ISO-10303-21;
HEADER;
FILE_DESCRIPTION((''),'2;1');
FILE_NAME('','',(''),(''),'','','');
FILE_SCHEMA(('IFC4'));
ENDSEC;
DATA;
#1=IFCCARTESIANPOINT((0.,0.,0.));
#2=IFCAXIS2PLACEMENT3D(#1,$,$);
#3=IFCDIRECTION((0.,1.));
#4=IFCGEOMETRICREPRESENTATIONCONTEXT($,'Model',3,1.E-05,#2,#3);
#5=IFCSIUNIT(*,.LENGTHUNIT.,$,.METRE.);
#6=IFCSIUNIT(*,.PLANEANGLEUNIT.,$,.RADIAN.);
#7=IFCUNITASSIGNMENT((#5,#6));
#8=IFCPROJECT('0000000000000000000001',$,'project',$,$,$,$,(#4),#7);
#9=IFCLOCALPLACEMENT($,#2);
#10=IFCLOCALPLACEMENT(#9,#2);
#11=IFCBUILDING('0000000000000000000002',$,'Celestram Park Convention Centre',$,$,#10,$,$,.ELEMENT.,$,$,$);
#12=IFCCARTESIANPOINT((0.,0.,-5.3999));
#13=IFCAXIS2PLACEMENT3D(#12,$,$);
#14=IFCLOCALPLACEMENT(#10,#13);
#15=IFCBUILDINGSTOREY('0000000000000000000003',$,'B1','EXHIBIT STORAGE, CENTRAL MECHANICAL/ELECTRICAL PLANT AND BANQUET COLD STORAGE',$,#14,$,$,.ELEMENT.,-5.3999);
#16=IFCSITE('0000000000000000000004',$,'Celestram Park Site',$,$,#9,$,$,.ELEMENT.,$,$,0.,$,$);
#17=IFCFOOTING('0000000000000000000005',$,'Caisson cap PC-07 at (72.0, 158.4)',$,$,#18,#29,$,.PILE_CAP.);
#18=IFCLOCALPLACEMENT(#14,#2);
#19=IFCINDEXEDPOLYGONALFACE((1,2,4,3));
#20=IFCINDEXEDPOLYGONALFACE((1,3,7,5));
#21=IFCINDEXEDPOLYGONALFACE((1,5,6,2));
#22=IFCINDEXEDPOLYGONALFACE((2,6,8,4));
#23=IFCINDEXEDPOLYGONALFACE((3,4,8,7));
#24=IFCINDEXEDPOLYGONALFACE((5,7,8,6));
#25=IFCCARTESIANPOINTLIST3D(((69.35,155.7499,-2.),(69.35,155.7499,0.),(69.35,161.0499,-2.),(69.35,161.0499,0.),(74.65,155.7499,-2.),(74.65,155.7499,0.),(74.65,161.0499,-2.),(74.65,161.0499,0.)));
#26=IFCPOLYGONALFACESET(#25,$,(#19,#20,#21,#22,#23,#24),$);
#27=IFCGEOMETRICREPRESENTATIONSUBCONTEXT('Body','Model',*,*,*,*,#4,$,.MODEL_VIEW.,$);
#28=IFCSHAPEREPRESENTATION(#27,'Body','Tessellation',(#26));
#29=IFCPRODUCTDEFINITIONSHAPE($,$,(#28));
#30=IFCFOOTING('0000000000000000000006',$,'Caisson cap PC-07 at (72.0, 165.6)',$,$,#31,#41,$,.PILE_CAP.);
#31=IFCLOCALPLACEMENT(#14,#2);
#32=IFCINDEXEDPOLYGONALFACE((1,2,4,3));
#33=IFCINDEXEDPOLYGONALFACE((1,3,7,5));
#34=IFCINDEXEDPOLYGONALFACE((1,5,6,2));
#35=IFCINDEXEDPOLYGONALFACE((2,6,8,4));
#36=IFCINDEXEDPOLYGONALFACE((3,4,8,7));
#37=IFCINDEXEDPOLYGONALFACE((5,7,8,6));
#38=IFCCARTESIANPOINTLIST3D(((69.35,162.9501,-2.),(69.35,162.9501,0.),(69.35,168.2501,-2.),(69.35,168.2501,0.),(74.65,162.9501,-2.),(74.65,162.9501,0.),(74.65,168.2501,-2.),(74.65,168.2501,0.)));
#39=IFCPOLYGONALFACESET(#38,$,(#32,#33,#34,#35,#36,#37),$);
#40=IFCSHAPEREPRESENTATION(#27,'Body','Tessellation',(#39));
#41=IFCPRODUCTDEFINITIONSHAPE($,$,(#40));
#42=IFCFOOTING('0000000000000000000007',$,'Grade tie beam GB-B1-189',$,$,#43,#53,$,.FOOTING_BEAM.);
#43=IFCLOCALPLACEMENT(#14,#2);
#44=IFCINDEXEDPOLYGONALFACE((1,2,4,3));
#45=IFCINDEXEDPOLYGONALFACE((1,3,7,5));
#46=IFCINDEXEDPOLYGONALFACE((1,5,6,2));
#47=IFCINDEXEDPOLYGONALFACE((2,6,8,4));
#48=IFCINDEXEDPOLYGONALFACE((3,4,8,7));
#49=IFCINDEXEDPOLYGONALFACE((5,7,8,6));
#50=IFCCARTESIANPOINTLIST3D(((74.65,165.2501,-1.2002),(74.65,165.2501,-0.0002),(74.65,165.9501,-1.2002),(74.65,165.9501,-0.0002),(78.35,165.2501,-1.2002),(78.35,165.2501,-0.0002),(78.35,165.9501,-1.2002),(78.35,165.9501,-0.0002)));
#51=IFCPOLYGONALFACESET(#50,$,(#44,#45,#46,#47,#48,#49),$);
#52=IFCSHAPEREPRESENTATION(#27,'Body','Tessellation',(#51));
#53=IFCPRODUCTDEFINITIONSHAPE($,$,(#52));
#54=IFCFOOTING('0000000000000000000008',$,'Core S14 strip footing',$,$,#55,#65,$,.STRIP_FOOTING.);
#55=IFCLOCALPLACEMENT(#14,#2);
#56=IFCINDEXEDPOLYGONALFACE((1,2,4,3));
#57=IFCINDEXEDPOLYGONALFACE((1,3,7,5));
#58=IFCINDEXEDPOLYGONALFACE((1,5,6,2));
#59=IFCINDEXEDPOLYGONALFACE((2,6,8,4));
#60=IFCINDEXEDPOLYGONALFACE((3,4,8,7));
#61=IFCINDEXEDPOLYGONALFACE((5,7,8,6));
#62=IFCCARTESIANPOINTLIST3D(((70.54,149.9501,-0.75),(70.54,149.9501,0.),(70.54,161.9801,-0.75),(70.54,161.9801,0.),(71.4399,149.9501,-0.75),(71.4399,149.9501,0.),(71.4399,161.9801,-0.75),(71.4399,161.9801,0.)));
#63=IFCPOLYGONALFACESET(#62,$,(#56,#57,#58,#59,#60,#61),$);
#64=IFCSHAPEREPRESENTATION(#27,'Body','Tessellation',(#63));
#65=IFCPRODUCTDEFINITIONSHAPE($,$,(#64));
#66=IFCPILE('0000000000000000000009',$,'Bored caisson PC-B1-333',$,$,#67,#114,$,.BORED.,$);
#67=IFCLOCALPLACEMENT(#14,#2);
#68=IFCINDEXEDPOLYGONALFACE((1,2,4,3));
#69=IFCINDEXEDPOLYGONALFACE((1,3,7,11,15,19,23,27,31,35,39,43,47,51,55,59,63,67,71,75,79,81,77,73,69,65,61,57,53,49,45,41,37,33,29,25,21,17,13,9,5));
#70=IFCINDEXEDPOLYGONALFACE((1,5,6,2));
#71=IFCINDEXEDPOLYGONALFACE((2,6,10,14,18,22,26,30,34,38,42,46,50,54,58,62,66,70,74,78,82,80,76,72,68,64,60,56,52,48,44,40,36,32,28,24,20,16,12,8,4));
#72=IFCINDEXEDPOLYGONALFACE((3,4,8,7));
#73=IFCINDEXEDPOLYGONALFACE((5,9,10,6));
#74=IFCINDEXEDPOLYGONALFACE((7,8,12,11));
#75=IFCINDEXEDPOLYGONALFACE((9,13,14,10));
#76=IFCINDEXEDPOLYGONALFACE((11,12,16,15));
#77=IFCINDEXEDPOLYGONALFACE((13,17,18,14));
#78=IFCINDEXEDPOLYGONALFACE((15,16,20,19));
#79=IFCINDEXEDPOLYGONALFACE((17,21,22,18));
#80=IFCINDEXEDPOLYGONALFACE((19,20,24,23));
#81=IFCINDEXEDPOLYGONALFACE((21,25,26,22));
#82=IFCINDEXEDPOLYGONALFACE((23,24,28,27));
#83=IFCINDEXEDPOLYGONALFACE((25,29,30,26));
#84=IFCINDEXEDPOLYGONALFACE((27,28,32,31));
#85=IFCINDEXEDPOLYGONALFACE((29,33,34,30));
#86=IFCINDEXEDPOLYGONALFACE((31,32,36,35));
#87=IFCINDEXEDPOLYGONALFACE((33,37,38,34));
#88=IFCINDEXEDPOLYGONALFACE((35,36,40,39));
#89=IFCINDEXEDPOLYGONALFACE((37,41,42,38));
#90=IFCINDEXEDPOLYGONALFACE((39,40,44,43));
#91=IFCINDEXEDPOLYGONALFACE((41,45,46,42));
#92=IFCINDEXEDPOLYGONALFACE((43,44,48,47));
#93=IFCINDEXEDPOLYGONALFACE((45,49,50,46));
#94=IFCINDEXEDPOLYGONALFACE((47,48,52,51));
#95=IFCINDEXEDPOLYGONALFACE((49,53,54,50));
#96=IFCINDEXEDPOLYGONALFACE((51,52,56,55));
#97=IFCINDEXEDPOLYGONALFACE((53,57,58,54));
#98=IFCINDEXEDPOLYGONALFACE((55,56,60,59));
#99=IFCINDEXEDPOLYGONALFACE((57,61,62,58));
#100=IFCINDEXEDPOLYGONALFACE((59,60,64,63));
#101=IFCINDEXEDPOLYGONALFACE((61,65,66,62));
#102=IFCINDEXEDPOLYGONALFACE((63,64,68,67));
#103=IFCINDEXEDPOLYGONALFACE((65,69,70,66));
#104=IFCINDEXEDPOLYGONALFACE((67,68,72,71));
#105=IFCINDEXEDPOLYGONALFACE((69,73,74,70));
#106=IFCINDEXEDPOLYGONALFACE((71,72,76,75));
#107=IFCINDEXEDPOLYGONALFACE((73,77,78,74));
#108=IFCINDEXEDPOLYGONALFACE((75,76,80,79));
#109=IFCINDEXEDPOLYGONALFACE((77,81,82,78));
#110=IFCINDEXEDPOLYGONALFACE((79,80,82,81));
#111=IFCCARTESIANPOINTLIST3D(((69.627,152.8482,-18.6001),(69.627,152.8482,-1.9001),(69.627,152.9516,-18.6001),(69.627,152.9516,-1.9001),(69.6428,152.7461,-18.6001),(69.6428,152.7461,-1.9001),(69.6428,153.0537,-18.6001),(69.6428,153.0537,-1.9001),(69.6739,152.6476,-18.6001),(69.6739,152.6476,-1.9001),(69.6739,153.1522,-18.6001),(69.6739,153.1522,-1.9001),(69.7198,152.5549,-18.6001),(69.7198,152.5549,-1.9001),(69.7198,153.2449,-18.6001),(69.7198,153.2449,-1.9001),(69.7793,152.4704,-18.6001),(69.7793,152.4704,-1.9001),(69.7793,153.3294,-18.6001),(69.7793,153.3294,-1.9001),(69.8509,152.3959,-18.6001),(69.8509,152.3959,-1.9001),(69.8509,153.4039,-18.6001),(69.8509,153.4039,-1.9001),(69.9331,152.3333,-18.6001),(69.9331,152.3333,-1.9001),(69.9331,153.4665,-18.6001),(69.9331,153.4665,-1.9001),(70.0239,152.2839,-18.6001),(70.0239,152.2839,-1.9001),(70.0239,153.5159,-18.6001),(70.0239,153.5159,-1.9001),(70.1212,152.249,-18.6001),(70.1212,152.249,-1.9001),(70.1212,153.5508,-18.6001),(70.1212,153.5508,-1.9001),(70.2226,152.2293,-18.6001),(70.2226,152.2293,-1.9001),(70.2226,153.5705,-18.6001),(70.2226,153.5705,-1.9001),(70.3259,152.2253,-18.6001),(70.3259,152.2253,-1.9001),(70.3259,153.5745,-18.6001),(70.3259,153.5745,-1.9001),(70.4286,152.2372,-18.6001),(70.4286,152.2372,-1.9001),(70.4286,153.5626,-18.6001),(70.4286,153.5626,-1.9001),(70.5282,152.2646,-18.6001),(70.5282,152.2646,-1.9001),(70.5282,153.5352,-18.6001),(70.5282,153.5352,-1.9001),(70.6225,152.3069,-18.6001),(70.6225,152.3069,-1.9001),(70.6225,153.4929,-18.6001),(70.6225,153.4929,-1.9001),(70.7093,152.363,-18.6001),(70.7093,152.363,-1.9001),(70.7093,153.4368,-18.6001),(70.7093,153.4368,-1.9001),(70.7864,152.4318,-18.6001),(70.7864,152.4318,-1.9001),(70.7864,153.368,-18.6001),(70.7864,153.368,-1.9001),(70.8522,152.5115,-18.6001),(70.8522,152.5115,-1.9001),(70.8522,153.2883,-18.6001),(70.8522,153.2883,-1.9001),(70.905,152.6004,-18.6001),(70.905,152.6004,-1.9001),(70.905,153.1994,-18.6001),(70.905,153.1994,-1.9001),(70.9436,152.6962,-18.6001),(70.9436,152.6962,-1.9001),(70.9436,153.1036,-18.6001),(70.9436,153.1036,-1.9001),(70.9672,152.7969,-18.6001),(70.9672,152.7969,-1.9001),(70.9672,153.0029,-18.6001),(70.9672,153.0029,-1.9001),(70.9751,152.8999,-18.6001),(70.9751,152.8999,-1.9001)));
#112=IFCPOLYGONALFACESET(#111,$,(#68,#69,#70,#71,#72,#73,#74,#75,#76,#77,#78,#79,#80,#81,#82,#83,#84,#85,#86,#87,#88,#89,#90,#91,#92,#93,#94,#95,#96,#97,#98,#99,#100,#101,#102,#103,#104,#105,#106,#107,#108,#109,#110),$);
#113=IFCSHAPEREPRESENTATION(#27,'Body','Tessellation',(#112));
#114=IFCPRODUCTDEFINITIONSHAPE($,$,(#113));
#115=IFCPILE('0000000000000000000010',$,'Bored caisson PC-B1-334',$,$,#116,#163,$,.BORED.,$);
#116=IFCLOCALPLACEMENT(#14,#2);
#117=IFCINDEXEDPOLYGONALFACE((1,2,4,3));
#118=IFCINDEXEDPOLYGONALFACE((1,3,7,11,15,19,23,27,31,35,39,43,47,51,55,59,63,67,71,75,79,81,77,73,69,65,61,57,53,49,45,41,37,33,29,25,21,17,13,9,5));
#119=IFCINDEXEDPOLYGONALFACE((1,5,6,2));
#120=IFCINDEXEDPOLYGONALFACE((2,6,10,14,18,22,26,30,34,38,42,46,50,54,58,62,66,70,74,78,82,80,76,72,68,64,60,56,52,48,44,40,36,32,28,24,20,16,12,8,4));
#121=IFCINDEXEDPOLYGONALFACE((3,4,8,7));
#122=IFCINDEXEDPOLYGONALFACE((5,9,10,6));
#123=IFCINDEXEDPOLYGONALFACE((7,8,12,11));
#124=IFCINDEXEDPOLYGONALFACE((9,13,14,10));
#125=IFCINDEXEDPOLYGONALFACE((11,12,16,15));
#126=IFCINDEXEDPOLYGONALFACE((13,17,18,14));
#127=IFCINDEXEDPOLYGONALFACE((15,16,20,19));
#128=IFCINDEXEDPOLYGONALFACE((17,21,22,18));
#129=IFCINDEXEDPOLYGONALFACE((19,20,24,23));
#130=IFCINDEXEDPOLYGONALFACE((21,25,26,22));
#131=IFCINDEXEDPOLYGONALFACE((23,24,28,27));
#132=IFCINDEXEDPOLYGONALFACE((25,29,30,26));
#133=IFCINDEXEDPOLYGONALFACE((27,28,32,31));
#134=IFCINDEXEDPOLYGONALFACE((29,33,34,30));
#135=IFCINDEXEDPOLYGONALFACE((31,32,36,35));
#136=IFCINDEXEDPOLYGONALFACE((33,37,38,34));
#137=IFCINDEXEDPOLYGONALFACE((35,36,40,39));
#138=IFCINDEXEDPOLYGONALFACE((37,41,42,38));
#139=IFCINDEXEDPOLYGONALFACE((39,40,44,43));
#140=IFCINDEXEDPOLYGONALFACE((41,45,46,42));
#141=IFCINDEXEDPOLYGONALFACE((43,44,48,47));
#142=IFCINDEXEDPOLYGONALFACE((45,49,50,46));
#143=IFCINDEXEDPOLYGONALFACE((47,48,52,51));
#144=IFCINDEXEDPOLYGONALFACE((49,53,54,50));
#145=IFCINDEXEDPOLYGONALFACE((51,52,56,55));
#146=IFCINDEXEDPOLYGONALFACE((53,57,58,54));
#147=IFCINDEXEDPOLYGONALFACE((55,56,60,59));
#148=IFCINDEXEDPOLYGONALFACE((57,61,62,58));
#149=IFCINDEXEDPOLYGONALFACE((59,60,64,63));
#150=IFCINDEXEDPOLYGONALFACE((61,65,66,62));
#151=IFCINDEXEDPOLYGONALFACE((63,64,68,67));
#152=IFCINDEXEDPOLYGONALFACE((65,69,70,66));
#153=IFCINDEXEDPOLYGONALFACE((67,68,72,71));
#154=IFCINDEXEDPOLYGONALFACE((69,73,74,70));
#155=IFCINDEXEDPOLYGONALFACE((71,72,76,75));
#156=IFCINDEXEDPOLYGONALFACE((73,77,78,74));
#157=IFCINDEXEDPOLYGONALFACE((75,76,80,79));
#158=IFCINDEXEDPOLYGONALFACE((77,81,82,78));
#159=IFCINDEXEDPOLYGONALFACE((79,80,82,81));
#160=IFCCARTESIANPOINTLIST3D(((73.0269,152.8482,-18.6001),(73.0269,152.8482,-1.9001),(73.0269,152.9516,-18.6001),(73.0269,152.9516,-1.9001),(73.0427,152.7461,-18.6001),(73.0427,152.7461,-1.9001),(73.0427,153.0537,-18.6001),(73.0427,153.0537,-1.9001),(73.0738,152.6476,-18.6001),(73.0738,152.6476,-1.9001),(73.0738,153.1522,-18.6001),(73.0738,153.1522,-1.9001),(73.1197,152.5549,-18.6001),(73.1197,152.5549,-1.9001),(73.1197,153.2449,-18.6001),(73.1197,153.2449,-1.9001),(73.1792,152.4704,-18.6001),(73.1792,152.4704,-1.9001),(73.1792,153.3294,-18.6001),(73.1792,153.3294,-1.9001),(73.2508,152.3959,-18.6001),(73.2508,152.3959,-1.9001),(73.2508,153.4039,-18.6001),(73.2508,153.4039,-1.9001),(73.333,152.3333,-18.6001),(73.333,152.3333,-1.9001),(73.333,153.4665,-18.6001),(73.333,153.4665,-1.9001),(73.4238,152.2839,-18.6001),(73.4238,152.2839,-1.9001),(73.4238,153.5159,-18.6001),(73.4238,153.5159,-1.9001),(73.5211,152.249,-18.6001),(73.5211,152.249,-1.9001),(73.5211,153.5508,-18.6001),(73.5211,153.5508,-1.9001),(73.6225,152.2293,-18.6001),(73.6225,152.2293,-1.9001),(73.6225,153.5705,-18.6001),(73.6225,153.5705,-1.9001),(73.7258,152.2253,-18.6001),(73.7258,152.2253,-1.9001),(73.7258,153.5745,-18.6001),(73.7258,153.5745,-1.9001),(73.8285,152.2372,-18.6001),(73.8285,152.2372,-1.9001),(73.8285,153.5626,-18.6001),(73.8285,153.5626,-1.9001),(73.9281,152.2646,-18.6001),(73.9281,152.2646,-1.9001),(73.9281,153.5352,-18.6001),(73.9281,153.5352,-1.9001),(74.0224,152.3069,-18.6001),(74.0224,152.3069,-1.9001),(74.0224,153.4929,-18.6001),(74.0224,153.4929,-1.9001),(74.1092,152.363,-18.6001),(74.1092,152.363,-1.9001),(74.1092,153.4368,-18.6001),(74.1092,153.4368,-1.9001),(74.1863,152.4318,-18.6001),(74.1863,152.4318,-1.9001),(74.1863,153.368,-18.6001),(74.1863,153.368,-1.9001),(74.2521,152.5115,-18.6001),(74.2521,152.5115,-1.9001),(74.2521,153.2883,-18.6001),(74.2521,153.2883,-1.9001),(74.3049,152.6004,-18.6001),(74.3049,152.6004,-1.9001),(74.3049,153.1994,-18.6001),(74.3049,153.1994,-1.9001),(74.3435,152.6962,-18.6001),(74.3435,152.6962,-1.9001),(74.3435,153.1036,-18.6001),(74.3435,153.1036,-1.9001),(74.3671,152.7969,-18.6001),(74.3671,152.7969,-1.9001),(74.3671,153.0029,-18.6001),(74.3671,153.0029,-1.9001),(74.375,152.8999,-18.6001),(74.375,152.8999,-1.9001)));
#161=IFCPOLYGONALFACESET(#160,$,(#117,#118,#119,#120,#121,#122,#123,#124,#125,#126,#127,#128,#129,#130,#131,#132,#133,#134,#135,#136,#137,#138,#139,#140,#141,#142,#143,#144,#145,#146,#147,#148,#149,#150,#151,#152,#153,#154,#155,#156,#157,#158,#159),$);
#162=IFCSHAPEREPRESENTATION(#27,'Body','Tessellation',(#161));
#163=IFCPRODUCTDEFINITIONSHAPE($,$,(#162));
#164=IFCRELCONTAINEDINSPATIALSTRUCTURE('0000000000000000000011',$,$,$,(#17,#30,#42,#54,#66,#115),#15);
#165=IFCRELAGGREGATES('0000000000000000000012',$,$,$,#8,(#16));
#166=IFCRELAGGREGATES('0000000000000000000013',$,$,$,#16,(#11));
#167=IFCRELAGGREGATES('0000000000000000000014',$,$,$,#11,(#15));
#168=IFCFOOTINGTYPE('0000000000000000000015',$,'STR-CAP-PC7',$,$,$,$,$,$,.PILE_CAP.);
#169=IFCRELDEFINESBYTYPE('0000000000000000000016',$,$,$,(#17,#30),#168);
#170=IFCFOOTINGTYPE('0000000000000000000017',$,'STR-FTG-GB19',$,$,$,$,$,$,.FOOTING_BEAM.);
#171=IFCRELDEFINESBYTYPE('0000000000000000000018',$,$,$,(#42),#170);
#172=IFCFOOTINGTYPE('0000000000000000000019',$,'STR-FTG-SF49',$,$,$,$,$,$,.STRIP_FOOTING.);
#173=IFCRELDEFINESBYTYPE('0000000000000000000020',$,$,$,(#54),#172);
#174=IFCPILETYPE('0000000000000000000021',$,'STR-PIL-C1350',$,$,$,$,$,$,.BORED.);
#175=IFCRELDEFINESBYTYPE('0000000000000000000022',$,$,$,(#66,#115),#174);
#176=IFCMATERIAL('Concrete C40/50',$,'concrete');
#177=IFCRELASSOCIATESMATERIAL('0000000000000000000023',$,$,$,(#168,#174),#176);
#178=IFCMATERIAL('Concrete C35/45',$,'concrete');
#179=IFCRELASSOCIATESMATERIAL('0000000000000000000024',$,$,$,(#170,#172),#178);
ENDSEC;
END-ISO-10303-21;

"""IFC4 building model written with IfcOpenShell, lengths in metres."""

from ifc_helpers import new_model, si_unit, direction, frame, origin, origin_2d, place, context, subcontext, project, spatial, rectangle, circle, extrude, material, material_profile, profile_set, type_object, element, save


model = new_model("IFC4")

# Units and contexts
model_context = context("Model", 3, precision=1e-05, world=origin(), true_north=direction((0.0, 1.0)))
body_context = subcontext(model_context, "Body", "Model", "MODEL_VIEW")
ifc_project = project(units=[si_unit("LENGTHUNIT", "METRE"), si_unit("PLANEANGLEUNIT", "RADIAN")], contexts=[model_context])

# Site, building, storey
site_placement = place(None, origin())
site = spatial("IfcSite", under=ifc_project, at=site_placement, Name="Celestram Park Site", CompositionType="ELEMENT", RefElevation=0.0)
building_placement = place(site_placement, origin())
building = spatial("IfcBuilding", under=site, at=building_placement, Name="Celestram Park Convention Centre", CompositionType="ELEMENT")
storey_placement = place(building_placement, frame((0.0, 0.0, -5.3999)))
storey = spatial("IfcBuildingStorey", under=building, at=storey_placement, Name="B1", Description="EXHIBIT STORAGE, CENTRAL MECHANICAL/ELECTRICAL PLANT AND BANQUET COLD STORAGE", CompositionType="ELEMENT", Elevation=-5.3999)

# Footings
ifc_material_1 = material(Name="Concrete C40/50", Category="concrete")
footing_type_1 = type_object("IfcFootingType", Name="STR-CAP-PC7", PredefinedType="PILE_CAP", material=ifc_material_1)
for number, where, z_axis, x_axis, name in (
    (1, (72.0, 158.3999, -2.0), (0.0, 0.0, 1.0), (1.0, 0.0, 0.0), "Caisson cap PC-07 at (72.0, 158.4)"),
    (2, (72.0, 165.6001, -2.0), (0.0, 0.0, 1.0), (1.0, 0.0, 0.0), "Caisson cap PC-07 at (72.0, 165.6)"),
):
    element("IfcFooting", number, at=place(storey_placement, frame(where, z_axis=z_axis, x_axis=x_axis)), inside=storey, type_object=footing_type_1, Name=name, PredefinedType="PILE_CAP", context=body_context, shape_type="SweptSolid", body=[
        extrude(rectangle(XDim=5.3, YDim=5.3, at=origin_2d()), origin(), (0.0, 0.0, 1.0), 2.0),
    ])
ifc_material_2 = material(Name="Concrete C35/45", Category="concrete")
footing_type_2 = type_object("IfcFootingType", Name="STR-FTG-GB19", PredefinedType="FOOTING_BEAM", material=ifc_material_2)
footing_1_placement = place(storey_placement, frame((76.5, 165.6001, -1.2002), z_axis=(0.0, 0.0, 1.0), x_axis=(1.0, 0.0, 0.0)))
element("IfcFooting", 3, at=footing_1_placement, inside=storey, type_object=footing_type_2, Name="Grade tie beam GB-B1-189", PredefinedType="FOOTING_BEAM", context=body_context, shape_type="SweptSolid", body=[
    extrude(rectangle(XDim=3.7, YDim=0.7, at=origin_2d()), origin(), (0.0, 0.0, 1.0), 1.2),
])
footing_type_3 = type_object("IfcFootingType", Name="STR-FTG-SF49", PredefinedType="STRIP_FOOTING", material=ifc_material_2)
footing_2_placement = place(storey_placement, frame((70.99, 155.9651, -0.75), z_axis=(0.0, 0.0, 1.0), x_axis=(0.0, 1.0, 0.0)))
element("IfcFooting", 4, at=footing_2_placement, inside=storey, type_object=footing_type_3, Name="Core S14 strip footing", PredefinedType="STRIP_FOOTING", context=body_context, shape_type="SweptSolid", body=[
    extrude(rectangle(XDim=12.03, YDim=0.8999, at=origin_2d()), origin(), (0.0, 0.0, 1.0), 0.75),
])

# Piles
ifc_material_profile_1 = material_profile(ifc_material_1, circle(Radius=0.675, at=origin_2d()), Name="CAISSON1350")
ifc_profile_set_1 = profile_set([ifc_material_profile_1], Name="Concrete C40/50")
pile_type = type_object("IfcPileType", Name="STR-PIL-C1350", PredefinedType="BORED", material=ifc_profile_set_1)
for number, where, z_axis, x_axis, name in (
    (5, (70.3, 152.8999, -1.9001), (0.0, 0.0, -1.0), (1.0, 0.0, 0.0), "Bored caisson PC-B1-333"),
    (6, (73.7, 152.8999, -1.9001), (0.0, 0.0, -1.0), (1.0, 0.0, 0.0), "Bored caisson PC-B1-334"),
):
    element("IfcPile", number, at=place(storey_placement, frame(where, z_axis=z_axis, x_axis=x_axis)), inside=storey, type_object=pile_type, Name=name, PredefinedType="BORED", context=body_context, shape_type="SweptSolid", body=[
        extrude(circle(Radius=0.675, at=origin_2d()), origin(), (0.0, 0.0, 1.0), 16.7),
    ])

save(model, "model.ifc")
